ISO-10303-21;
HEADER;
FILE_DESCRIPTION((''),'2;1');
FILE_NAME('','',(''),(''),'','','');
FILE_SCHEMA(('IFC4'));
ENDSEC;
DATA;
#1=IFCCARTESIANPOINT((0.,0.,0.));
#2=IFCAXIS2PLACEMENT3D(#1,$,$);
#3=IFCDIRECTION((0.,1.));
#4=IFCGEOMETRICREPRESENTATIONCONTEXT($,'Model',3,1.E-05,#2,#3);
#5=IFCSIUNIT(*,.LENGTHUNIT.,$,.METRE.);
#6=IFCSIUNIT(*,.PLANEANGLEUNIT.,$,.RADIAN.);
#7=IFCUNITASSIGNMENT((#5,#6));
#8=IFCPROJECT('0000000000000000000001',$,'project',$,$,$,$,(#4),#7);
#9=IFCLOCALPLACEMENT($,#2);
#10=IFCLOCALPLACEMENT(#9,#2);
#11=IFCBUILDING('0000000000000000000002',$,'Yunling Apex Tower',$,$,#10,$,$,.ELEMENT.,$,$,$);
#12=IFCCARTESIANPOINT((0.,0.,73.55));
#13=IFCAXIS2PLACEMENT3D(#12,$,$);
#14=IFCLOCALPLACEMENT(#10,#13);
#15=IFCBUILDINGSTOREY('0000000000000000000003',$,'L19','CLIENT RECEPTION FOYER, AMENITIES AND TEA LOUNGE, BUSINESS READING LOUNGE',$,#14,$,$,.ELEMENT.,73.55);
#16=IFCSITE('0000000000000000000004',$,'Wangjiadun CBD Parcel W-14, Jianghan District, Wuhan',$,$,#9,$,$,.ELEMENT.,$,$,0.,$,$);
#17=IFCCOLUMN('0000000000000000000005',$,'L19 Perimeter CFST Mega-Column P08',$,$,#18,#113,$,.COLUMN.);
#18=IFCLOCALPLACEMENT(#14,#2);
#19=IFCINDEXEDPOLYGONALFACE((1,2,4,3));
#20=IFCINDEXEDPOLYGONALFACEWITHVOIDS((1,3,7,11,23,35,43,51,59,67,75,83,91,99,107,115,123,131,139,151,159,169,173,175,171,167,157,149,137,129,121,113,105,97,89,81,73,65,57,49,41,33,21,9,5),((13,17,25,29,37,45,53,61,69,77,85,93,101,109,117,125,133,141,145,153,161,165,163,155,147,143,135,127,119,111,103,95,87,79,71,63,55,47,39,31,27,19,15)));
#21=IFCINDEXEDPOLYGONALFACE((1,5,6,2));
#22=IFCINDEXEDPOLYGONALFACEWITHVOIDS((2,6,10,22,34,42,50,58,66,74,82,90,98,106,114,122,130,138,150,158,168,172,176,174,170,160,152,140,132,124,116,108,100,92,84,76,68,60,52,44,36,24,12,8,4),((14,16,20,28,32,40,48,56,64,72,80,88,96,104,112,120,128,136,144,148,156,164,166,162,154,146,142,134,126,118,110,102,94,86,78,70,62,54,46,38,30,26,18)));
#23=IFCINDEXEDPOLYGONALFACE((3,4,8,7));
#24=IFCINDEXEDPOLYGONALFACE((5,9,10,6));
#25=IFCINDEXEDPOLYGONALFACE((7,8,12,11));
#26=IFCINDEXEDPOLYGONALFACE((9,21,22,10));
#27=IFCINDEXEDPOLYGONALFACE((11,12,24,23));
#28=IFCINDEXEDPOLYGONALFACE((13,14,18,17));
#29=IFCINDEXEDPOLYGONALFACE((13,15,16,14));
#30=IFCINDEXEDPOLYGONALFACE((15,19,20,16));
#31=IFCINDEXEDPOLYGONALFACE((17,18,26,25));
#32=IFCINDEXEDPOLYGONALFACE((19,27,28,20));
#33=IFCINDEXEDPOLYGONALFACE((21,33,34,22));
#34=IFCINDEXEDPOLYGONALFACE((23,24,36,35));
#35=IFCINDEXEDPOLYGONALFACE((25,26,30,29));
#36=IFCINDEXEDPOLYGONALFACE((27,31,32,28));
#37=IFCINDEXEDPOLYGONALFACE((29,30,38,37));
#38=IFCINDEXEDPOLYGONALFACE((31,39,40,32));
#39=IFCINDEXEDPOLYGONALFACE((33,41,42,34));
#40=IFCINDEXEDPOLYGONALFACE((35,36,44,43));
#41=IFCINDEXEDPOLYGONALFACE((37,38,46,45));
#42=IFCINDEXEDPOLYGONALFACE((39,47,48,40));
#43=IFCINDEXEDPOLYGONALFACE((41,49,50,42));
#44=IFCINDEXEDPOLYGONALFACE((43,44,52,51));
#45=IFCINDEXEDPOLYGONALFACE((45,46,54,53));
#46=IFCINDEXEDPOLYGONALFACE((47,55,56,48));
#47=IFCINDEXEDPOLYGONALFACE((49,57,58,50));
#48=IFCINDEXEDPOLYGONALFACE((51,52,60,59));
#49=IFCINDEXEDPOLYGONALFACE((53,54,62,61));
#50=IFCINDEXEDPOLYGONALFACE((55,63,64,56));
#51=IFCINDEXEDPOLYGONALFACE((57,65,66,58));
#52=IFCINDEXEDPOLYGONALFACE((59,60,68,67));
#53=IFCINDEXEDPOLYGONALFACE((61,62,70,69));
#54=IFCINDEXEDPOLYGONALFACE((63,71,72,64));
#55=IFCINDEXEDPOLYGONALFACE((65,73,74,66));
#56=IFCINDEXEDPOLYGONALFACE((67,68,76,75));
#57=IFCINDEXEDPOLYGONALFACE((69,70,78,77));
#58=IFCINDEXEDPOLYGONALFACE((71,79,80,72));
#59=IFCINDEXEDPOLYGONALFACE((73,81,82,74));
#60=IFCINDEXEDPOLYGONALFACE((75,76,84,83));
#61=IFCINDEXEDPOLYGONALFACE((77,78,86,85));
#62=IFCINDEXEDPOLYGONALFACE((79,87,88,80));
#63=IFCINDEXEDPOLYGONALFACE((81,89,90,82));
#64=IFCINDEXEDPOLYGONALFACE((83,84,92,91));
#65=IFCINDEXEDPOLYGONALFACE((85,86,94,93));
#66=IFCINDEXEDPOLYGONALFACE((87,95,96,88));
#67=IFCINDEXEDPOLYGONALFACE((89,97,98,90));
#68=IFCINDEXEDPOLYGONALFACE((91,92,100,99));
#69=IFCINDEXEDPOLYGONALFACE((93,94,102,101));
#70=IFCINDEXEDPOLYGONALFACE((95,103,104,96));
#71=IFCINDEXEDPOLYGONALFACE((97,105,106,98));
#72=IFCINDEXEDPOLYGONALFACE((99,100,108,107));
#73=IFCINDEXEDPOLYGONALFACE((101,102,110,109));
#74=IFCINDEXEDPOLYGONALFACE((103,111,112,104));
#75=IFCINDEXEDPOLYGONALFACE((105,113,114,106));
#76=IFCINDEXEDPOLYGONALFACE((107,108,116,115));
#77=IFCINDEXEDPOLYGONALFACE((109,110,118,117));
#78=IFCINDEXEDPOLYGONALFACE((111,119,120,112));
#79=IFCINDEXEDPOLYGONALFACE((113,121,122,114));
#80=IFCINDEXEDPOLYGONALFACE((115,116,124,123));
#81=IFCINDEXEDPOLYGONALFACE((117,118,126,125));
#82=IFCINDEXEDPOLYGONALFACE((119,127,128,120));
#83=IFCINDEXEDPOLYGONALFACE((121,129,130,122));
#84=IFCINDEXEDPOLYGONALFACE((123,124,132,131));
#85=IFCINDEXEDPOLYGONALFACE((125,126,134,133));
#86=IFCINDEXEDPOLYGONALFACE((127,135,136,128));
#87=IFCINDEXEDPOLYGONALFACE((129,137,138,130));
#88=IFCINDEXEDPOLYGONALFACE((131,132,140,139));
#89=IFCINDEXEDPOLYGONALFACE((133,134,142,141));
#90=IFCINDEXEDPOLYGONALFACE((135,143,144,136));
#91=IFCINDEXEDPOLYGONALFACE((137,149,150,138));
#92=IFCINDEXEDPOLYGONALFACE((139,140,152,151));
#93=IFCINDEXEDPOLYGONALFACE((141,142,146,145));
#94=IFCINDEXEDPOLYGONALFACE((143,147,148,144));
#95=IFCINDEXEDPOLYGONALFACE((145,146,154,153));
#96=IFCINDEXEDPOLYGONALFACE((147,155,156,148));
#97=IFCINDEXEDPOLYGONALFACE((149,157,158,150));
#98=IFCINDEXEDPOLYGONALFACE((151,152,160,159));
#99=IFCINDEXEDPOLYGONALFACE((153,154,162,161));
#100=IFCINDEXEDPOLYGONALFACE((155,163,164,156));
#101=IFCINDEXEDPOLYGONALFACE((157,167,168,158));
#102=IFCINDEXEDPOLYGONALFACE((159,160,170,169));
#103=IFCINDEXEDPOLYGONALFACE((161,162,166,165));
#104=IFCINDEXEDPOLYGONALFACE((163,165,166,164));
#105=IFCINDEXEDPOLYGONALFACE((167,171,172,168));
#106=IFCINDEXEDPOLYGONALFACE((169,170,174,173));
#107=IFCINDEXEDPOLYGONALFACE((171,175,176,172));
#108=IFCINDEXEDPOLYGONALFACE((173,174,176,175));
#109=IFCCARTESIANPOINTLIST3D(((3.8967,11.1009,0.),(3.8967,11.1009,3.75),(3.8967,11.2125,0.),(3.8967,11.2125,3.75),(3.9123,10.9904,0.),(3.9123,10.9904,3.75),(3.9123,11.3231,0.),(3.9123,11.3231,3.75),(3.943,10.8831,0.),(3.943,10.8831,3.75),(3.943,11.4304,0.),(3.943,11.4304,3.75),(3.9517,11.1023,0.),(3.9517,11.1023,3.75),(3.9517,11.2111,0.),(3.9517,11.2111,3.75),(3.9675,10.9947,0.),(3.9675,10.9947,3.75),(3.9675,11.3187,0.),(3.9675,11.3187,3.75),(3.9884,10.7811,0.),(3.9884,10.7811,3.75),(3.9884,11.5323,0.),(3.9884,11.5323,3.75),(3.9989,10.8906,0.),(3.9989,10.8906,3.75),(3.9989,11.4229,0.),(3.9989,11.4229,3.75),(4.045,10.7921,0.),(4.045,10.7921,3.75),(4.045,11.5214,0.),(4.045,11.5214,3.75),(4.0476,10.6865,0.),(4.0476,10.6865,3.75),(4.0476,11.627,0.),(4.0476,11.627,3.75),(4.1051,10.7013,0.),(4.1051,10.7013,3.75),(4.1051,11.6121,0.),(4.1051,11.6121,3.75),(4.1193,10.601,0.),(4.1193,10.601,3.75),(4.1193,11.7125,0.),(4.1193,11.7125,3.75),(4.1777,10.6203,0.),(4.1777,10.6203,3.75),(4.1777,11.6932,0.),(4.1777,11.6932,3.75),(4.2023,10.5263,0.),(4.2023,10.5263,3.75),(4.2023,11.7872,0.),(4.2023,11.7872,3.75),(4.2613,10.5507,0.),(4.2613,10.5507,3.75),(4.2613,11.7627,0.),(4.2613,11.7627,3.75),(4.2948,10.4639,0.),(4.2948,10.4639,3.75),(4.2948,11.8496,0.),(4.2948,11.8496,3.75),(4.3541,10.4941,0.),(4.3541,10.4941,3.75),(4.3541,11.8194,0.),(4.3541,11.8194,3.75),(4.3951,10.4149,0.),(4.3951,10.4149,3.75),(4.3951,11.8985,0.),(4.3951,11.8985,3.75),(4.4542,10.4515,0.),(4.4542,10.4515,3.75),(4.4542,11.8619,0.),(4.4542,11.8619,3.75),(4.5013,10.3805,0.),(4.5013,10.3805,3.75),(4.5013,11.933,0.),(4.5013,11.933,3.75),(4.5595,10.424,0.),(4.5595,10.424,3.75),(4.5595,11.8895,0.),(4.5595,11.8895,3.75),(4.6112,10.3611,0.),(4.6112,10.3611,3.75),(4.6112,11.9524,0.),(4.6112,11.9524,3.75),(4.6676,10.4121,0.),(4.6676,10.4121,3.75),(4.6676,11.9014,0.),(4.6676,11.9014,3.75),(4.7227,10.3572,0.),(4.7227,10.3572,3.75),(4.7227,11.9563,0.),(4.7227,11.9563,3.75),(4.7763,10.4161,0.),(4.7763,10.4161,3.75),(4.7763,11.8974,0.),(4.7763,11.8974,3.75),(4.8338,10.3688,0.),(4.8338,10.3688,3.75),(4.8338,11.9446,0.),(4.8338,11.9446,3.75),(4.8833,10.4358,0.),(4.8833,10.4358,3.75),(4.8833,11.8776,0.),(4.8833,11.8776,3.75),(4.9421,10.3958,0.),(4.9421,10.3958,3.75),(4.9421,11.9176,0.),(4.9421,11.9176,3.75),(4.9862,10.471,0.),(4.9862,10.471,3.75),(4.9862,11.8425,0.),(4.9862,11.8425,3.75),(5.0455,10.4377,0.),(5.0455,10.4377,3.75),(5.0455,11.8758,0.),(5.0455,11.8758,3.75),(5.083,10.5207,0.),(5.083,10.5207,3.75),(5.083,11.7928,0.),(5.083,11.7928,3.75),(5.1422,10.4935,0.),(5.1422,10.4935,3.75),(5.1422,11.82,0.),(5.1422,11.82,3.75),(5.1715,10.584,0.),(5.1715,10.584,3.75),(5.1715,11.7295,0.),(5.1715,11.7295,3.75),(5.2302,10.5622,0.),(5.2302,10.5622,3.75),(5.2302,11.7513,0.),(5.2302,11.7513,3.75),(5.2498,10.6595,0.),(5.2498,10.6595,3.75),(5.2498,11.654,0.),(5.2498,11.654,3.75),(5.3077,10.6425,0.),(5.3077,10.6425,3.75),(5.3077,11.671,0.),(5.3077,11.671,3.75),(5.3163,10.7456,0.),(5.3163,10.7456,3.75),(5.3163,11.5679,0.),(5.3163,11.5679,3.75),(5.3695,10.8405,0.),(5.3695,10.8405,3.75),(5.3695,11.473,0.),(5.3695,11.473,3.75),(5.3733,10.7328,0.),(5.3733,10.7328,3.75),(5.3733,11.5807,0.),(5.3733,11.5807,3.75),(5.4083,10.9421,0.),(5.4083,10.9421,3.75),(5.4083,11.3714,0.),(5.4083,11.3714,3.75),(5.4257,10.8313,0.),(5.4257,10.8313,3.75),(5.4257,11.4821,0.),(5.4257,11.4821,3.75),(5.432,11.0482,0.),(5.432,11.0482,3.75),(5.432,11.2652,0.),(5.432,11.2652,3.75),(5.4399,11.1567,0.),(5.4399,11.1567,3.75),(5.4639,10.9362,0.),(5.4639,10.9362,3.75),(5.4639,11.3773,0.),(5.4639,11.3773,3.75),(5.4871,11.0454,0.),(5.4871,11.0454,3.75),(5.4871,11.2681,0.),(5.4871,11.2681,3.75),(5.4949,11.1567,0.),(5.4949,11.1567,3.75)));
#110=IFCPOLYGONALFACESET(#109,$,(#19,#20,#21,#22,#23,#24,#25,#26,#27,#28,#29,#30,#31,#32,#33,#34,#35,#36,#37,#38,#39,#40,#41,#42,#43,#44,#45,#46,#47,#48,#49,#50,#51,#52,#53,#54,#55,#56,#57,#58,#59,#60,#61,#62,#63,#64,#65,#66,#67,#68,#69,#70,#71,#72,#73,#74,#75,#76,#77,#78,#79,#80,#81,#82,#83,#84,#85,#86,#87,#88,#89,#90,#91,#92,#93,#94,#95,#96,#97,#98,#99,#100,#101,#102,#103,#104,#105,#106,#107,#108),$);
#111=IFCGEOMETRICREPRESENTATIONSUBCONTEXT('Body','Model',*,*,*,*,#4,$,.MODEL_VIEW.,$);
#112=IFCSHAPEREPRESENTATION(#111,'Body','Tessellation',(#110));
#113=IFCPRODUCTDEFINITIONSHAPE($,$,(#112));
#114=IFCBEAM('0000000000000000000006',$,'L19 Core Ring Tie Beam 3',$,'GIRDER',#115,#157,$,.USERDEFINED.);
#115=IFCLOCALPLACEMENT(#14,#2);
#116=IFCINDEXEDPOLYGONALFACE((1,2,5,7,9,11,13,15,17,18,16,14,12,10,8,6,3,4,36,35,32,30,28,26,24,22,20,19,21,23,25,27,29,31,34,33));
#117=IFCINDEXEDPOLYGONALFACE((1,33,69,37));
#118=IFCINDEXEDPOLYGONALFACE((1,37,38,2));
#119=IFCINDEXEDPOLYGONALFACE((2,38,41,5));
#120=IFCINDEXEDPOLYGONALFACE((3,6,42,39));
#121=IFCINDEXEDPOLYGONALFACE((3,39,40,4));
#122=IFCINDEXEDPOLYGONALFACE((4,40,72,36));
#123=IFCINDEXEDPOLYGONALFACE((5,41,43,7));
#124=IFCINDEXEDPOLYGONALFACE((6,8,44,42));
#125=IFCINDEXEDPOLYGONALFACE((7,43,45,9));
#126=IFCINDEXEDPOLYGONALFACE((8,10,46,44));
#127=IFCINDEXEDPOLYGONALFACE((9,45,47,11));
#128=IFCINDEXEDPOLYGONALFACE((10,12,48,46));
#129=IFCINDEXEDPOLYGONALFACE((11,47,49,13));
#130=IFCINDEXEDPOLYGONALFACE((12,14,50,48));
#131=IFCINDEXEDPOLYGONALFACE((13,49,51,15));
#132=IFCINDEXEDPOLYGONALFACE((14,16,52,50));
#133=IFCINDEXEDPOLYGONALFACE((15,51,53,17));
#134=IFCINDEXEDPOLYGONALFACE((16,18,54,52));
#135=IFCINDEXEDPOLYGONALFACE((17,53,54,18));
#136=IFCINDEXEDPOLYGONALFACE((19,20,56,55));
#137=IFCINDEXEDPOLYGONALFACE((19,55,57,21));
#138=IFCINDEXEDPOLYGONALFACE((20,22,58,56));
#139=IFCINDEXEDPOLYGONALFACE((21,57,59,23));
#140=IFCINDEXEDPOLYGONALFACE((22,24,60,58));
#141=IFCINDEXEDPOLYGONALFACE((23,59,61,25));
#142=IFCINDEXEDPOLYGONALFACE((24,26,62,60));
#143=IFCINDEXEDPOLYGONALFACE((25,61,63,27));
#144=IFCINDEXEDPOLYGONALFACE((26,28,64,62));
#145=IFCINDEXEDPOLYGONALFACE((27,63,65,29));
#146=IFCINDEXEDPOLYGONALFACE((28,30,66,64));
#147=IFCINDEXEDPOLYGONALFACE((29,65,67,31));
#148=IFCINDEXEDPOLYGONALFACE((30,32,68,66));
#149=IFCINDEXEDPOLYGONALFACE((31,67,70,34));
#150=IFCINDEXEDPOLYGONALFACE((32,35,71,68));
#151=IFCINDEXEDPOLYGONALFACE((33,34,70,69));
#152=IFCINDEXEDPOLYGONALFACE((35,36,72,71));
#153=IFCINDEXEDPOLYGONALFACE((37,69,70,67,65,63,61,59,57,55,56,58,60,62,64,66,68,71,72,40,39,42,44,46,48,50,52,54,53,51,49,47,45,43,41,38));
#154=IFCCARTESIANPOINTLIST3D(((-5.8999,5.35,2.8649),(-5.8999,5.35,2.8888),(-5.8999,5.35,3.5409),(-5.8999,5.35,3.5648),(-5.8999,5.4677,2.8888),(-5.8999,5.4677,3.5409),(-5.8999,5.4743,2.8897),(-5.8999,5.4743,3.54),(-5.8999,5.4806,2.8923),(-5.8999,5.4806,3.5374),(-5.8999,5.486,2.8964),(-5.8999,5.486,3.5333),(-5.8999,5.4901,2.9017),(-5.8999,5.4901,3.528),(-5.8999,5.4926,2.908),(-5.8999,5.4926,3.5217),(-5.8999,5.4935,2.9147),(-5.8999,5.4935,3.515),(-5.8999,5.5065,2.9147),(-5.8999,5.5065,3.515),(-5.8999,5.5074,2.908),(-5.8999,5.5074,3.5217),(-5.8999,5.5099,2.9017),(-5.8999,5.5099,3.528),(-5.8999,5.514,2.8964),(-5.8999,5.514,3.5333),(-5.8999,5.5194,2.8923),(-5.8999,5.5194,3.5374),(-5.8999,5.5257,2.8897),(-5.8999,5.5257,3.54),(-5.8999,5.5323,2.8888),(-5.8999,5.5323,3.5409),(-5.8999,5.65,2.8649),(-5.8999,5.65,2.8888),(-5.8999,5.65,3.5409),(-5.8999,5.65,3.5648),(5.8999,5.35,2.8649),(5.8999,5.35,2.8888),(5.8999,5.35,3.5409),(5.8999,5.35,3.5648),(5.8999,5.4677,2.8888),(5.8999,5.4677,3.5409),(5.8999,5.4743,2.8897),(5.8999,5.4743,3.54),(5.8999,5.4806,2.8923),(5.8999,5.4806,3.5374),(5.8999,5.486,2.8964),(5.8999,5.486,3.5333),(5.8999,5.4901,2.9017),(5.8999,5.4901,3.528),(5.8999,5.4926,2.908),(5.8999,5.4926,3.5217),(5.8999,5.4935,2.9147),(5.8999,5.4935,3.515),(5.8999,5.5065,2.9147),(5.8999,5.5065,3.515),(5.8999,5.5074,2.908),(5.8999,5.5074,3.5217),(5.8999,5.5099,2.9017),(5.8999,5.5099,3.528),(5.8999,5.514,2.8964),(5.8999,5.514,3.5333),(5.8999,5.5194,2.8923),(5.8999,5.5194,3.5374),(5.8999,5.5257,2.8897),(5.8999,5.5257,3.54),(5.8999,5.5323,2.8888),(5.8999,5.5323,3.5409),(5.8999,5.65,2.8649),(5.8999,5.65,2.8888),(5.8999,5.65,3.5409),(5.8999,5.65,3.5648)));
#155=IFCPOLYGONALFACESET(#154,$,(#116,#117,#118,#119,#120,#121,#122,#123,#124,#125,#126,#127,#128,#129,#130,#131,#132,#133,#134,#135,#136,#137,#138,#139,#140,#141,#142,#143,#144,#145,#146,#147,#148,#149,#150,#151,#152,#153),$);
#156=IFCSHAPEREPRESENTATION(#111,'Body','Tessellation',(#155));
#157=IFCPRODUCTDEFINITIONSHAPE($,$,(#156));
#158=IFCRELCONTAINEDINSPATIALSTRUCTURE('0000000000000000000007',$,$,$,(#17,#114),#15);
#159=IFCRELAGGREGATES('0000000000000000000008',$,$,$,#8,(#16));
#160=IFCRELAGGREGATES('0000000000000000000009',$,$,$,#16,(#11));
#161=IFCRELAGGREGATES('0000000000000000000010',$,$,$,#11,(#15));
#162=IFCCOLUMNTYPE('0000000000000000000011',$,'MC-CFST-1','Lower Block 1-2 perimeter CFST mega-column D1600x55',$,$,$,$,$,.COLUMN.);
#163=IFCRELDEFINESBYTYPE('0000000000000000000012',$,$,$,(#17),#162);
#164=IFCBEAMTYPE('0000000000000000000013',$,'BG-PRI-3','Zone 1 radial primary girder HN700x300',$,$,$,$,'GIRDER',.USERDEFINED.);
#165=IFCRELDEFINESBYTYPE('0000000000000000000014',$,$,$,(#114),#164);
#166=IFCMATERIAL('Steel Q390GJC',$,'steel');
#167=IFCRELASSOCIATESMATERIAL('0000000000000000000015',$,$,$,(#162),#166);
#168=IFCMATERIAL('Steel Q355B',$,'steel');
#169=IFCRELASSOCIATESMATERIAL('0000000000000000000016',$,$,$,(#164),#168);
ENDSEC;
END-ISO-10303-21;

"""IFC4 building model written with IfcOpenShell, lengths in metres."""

from ifc_helpers import new_model, si_unit, direction, frame, origin, origin_2d, place, context, subcontext, project, spatial, hollow_circle, i_section, extrude, source, transform, mapped, material, material_profile, profile_set, type_object, element, save


model = new_model("IFC4")

# Units and contexts
model_context = context("Model", 3, precision=1e-05, world=origin(), true_north=direction((0.0, 1.0)))
body_context = subcontext(model_context, "Body", "Model", "MODEL_VIEW")
ifc_project = project(units=[si_unit("LENGTHUNIT", "METRE"), si_unit("PLANEANGLEUNIT", "RADIAN")], contexts=[model_context])

# Site, building, storey
site_placement = place(None, origin())
site = spatial("IfcSite", under=ifc_project, at=site_placement, Name="Wangjiadun CBD Parcel W-14, Jianghan District, Wuhan", CompositionType="ELEMENT", RefElevation=0.0)
building_placement = place(site_placement, origin())
building = spatial("IfcBuilding", under=site, at=building_placement, Name="Yunling Apex Tower", CompositionType="ELEMENT")
storey_placement = place(building_placement, frame((0.0, 0.0, 73.55)))
storey = spatial("IfcBuildingStorey", under=building, at=storey_placement, Name="L19", Description="CLIENT RECEPTION FOYER, AMENITIES AND TEA LOUNGE, BUSINESS READING LOUNGE", CompositionType="ELEMENT", Elevation=73.55)

# Column
ifc_material_1 = material(Name="Steel Q390GJC", Category="steel")
ifc_material_profile_1 = material_profile(ifc_material_1, hollow_circle(Radius=0.8, WallThickness=0.0549, at=origin_2d()))
ifc_profile_set_1 = profile_set([ifc_material_profile_1], Name="Steel Q390GJC")
column_type = type_object("IfcColumnType", Name="MC-CFST-1", Description="Lower Block 1-2 perimeter CFST mega-column D1600x55", PredefinedType="COLUMN", material=ifc_profile_set_1)
shared_shape_1 = source(origin(), body_context, "Body", "SweptSolid", [
    extrude(hollow_circle(Radius=0.8, WallThickness=0.0549, at=origin_2d()), origin(), (0.0, 0.0, 1.0), 3.75),
])
column_placement = place(storey_placement, frame((4.6948, 11.1567, 0.0), z_axis=(0.0, 0.0, 1.0), x_axis=(1.0, 0.0, 0.0)))
element("IfcColumn", 1, at=column_placement, inside=storey, type_object=column_type, Name="L19 Perimeter CFST Mega-Column P08", PredefinedType="COLUMN", context=body_context, shape_type="MappedRepresentation", body=[
    mapped(shared_shape_1, transform((0.0, 0.0, 0.0), scale=1.0)),
])

# Beam
ifc_material_2 = material(Name="Steel Q355B", Category="steel")
ifc_material_profile_2 = material_profile(ifc_material_2, i_section(OverallWidth=0.3, OverallDepth=0.7, WebThickness=0.0129, FlangeThickness=0.0239, FilletRadius=0.0259, at=origin_2d()))
ifc_profile_set_2 = profile_set([ifc_material_profile_2], Name="Steel Q355B")
beam_type_1 = type_object("IfcBeamType", Name="BG-PRI-3", Description="Zone 1 radial primary girder HN700x300", ElementType="GIRDER", PredefinedType="USERDEFINED", material=ifc_profile_set_2)
shared_shape_2 = source(origin(), body_context, "Body", "SweptSolid", [
    extrude(i_section(OverallWidth=0.3, OverallDepth=0.7, WebThickness=0.0129, FlangeThickness=0.0239, FilletRadius=0.0259, at=origin_2d()), origin(), (0.0, 0.0, 1.0), 11.7998),
])
beam_1_placement = place(storey_placement, frame((5.8999, 5.5, 3.2148), z_axis=(-1.0, 0.0, 0.0), x_axis=(0.0, -1.0, 0.0)))
element("IfcBeam", 2, at=beam_1_placement, inside=storey, type_object=beam_type_1, Name="L19 Core Ring Tie Beam 3", ObjectType="GIRDER", PredefinedType="USERDEFINED", context=body_context, shape_type="MappedRepresentation", body=[
    mapped(shared_shape_2, transform((0.0, 0.0, 0.0), scale=1.0)),
])

save(model, "model.ifc")
